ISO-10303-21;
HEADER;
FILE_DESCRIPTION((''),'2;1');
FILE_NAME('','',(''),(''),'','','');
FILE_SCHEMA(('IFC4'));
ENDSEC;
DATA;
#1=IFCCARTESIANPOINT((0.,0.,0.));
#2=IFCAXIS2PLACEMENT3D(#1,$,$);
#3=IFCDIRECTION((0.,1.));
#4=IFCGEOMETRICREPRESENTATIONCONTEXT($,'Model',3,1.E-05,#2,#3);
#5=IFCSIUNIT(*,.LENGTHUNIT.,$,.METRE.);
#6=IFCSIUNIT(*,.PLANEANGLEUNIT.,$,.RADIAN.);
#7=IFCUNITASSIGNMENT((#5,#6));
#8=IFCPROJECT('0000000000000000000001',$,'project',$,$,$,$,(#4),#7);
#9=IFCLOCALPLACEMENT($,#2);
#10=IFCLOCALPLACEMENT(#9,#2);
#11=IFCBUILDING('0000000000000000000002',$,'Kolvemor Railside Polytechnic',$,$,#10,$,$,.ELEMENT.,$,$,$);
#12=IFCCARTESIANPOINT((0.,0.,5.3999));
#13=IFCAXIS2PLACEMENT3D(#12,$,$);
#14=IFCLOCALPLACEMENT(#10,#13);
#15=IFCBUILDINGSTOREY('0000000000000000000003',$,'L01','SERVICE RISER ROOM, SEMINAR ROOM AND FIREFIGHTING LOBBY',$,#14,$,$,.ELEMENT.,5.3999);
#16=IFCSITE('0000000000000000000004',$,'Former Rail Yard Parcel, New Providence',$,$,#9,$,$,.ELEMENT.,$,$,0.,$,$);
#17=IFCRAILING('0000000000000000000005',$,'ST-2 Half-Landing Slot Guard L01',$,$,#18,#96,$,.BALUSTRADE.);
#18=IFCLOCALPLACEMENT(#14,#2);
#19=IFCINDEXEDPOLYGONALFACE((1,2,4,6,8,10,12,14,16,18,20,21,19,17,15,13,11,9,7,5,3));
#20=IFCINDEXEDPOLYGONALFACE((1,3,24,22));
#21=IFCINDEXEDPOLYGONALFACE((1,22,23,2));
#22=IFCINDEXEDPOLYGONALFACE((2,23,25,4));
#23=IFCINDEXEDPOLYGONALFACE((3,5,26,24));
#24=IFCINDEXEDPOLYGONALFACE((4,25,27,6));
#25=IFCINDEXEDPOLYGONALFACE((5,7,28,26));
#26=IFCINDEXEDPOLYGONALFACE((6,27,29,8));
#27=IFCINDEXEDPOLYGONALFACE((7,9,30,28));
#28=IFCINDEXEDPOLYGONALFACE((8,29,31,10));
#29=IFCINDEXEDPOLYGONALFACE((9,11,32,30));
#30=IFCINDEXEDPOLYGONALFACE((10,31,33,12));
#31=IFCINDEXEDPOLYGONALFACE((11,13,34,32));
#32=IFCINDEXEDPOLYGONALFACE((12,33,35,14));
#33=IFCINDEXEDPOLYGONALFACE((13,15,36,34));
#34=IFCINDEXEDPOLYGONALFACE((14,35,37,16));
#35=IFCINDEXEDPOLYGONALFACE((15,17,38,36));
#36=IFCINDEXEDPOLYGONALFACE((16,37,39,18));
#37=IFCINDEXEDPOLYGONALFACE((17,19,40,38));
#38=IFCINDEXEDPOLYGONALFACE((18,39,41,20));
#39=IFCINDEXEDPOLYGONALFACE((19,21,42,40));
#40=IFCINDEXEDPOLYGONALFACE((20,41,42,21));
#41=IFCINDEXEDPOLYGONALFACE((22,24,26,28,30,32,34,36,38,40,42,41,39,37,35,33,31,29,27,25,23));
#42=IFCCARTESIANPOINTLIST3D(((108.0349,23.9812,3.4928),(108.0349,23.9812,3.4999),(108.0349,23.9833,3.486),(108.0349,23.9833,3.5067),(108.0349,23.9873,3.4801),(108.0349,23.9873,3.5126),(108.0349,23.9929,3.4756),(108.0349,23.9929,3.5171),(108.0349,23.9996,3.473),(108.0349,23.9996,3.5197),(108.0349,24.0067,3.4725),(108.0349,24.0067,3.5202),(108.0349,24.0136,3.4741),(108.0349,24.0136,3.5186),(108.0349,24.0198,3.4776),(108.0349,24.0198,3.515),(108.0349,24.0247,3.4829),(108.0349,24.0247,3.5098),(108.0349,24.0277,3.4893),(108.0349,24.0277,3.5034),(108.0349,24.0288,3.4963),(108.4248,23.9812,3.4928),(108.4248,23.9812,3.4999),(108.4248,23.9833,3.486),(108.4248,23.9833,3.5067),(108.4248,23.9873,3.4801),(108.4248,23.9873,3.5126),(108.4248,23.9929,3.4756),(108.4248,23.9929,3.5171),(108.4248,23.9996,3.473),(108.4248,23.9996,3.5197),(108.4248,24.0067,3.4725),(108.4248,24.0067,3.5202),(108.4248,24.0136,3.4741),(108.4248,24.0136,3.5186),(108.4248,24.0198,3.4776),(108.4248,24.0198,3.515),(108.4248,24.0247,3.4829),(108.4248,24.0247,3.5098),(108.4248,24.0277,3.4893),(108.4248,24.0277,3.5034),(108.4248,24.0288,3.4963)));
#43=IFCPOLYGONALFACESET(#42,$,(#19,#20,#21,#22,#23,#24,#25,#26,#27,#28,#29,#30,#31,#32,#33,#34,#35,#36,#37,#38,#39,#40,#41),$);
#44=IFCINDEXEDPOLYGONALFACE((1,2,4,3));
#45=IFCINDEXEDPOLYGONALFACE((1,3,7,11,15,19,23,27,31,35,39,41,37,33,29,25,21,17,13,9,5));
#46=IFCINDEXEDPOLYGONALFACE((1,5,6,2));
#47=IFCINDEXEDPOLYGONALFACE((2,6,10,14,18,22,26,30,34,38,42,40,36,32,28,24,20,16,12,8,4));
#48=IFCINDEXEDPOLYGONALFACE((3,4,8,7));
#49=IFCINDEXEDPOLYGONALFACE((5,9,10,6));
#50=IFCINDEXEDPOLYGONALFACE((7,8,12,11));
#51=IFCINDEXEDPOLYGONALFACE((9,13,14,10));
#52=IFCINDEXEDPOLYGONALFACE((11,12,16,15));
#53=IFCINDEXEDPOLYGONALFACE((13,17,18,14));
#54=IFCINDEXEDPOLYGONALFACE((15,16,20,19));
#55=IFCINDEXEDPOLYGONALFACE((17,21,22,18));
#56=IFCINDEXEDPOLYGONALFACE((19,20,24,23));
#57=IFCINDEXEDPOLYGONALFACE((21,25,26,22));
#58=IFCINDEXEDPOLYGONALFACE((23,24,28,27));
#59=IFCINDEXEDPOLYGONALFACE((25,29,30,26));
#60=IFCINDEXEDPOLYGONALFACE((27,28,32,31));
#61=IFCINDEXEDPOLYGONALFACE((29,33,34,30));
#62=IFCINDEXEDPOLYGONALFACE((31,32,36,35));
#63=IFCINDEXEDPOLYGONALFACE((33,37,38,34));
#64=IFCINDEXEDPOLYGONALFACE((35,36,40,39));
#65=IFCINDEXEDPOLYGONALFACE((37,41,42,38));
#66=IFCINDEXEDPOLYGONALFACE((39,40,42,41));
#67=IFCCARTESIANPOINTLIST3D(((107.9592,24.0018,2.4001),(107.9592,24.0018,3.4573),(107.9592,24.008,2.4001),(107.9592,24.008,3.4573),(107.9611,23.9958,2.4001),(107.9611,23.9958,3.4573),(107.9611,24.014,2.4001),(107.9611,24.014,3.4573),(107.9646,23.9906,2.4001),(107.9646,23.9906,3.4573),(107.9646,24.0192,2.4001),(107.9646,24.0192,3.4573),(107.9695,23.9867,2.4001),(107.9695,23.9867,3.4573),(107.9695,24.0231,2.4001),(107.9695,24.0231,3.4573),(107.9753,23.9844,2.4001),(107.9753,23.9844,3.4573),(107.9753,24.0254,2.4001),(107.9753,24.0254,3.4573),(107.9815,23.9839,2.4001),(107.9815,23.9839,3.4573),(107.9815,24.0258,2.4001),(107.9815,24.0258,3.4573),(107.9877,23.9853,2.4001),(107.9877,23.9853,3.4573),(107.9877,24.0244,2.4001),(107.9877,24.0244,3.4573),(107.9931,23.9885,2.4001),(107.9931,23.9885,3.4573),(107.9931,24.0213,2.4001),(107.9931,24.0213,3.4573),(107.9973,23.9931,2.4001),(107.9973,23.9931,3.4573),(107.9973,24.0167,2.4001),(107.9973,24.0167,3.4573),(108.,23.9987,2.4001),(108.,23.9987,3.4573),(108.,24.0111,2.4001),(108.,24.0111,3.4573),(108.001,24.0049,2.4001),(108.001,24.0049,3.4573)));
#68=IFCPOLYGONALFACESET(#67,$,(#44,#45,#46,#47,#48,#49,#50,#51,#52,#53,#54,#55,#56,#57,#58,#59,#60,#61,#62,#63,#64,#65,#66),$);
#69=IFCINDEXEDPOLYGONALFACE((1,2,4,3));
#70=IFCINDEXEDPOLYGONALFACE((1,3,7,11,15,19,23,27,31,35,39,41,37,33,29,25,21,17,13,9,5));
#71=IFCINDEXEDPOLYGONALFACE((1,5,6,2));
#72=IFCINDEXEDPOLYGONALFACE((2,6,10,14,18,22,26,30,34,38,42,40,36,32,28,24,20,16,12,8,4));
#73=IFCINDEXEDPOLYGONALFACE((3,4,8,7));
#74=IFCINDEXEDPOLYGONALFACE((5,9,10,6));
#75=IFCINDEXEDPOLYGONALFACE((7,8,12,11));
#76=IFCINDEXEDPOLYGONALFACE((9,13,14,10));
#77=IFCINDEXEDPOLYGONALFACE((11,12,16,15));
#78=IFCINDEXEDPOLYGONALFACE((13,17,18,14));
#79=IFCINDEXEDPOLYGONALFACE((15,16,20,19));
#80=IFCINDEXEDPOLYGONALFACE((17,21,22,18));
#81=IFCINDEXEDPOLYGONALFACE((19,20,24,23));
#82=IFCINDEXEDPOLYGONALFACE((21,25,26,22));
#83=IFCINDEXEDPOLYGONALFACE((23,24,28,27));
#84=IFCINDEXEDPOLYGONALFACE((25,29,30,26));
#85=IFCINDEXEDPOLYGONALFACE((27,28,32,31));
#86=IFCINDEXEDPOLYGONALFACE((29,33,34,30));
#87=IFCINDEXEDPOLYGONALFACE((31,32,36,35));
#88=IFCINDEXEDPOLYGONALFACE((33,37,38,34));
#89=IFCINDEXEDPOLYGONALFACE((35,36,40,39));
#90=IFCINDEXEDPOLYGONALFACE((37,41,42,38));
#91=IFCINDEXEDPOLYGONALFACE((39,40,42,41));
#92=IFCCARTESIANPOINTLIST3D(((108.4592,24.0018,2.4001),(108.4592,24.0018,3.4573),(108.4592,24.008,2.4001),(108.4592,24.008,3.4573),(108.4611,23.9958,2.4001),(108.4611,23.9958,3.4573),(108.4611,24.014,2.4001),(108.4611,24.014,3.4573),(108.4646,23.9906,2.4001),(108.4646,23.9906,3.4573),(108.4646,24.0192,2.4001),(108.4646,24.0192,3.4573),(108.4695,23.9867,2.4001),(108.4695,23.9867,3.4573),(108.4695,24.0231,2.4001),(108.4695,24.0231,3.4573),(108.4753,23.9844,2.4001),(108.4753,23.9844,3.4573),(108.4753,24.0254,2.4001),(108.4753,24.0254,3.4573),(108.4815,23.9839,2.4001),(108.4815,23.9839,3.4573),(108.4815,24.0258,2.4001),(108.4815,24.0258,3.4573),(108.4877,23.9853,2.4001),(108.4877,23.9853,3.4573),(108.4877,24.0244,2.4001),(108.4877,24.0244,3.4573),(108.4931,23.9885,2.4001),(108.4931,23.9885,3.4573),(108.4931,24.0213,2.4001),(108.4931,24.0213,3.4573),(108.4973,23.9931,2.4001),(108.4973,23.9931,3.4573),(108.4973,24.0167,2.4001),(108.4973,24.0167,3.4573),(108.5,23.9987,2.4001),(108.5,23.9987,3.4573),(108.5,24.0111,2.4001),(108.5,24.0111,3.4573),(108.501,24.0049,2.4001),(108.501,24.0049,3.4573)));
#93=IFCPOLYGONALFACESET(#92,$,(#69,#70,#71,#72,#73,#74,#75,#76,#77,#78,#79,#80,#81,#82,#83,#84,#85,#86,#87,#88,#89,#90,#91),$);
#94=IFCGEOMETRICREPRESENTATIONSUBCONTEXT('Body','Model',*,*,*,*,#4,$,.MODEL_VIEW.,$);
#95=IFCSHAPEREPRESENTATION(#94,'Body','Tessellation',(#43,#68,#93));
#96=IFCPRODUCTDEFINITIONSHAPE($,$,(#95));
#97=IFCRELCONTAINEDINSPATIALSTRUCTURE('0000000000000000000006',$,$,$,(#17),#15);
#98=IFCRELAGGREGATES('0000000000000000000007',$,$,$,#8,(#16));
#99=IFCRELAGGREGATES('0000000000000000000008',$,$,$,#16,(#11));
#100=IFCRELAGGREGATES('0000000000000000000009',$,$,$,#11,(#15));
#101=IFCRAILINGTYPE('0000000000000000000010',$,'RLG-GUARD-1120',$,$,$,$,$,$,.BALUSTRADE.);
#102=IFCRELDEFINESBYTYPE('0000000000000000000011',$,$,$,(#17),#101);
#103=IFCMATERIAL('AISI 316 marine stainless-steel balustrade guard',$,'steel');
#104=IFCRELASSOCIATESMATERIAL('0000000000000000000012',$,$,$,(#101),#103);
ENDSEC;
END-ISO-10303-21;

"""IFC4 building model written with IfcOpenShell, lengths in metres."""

from ifc_helpers import new_model, si_unit, direction, frame, origin, origin_2d, place, context, subcontext, project, spatial, circle, extrude, material, type_object, element, save


model = new_model("IFC4")

# Units and contexts
model_context = context("Model", 3, precision=1e-05, world=origin(), true_north=direction((0.0, 1.0)))
body_context = subcontext(model_context, "Body", "Model", "MODEL_VIEW")
ifc_project = project(units=[si_unit("LENGTHUNIT", "METRE"), si_unit("PLANEANGLEUNIT", "RADIAN")], contexts=[model_context])

# Site, building, storey
site_placement = place(None, origin())
site = spatial("IfcSite", under=ifc_project, at=site_placement, Name="Former Rail Yard Parcel, New Providence", CompositionType="ELEMENT", RefElevation=0.0)
building_placement = place(site_placement, origin())
building = spatial("IfcBuilding", under=site, at=building_placement, Name="Kolvemor Railside Polytechnic", CompositionType="ELEMENT")
storey_placement = place(building_placement, frame((0.0, 0.0, 5.3999)))
storey = spatial("IfcBuildingStorey", under=building, at=storey_placement, Name="L01", Description="SERVICE RISER ROOM, SEMINAR ROOM AND FIREFIGHTING LOBBY", CompositionType="ELEMENT", Elevation=5.3999)

# Railing
ifc_material_1 = material(Name="AISI 316 marine stainless-steel balustrade guard", Category="steel")
railing_type_1 = type_object("IfcRailingType", Name="RLG-GUARD-1120", PredefinedType="BALUSTRADE", material=ifc_material_1)
railing_1_placement = place(storey_placement, frame((107.98, 24.0049, 2.4001)))
element("IfcRailing", 1, at=railing_1_placement, inside=storey, type_object=railing_type_1, Name="ST-2 Half-Landing Slot Guard L01", PredefinedType="BALUSTRADE", context=body_context, shape_type="SweptSolid", body=[
    extrude(circle(Radius=0.0239, at=origin_2d()), frame((0.0549, 0.0, 1.0962), z_axis=(1.0, 0.0, 0.0), x_axis=(0.0, 1.0, 0.0)), (0.0, 0.0, 1.0), 0.3899),
    extrude(circle(Radius=0.021, at=origin_2d()), origin(), (0.0, 0.0, 1.0), 1.0571),
    extrude(circle(Radius=0.021, at=origin_2d()), frame((0.5, 0.0, 0.0)), (0.0, 0.0, 1.0), 1.0571),
])

save(model, "model.ifc")
